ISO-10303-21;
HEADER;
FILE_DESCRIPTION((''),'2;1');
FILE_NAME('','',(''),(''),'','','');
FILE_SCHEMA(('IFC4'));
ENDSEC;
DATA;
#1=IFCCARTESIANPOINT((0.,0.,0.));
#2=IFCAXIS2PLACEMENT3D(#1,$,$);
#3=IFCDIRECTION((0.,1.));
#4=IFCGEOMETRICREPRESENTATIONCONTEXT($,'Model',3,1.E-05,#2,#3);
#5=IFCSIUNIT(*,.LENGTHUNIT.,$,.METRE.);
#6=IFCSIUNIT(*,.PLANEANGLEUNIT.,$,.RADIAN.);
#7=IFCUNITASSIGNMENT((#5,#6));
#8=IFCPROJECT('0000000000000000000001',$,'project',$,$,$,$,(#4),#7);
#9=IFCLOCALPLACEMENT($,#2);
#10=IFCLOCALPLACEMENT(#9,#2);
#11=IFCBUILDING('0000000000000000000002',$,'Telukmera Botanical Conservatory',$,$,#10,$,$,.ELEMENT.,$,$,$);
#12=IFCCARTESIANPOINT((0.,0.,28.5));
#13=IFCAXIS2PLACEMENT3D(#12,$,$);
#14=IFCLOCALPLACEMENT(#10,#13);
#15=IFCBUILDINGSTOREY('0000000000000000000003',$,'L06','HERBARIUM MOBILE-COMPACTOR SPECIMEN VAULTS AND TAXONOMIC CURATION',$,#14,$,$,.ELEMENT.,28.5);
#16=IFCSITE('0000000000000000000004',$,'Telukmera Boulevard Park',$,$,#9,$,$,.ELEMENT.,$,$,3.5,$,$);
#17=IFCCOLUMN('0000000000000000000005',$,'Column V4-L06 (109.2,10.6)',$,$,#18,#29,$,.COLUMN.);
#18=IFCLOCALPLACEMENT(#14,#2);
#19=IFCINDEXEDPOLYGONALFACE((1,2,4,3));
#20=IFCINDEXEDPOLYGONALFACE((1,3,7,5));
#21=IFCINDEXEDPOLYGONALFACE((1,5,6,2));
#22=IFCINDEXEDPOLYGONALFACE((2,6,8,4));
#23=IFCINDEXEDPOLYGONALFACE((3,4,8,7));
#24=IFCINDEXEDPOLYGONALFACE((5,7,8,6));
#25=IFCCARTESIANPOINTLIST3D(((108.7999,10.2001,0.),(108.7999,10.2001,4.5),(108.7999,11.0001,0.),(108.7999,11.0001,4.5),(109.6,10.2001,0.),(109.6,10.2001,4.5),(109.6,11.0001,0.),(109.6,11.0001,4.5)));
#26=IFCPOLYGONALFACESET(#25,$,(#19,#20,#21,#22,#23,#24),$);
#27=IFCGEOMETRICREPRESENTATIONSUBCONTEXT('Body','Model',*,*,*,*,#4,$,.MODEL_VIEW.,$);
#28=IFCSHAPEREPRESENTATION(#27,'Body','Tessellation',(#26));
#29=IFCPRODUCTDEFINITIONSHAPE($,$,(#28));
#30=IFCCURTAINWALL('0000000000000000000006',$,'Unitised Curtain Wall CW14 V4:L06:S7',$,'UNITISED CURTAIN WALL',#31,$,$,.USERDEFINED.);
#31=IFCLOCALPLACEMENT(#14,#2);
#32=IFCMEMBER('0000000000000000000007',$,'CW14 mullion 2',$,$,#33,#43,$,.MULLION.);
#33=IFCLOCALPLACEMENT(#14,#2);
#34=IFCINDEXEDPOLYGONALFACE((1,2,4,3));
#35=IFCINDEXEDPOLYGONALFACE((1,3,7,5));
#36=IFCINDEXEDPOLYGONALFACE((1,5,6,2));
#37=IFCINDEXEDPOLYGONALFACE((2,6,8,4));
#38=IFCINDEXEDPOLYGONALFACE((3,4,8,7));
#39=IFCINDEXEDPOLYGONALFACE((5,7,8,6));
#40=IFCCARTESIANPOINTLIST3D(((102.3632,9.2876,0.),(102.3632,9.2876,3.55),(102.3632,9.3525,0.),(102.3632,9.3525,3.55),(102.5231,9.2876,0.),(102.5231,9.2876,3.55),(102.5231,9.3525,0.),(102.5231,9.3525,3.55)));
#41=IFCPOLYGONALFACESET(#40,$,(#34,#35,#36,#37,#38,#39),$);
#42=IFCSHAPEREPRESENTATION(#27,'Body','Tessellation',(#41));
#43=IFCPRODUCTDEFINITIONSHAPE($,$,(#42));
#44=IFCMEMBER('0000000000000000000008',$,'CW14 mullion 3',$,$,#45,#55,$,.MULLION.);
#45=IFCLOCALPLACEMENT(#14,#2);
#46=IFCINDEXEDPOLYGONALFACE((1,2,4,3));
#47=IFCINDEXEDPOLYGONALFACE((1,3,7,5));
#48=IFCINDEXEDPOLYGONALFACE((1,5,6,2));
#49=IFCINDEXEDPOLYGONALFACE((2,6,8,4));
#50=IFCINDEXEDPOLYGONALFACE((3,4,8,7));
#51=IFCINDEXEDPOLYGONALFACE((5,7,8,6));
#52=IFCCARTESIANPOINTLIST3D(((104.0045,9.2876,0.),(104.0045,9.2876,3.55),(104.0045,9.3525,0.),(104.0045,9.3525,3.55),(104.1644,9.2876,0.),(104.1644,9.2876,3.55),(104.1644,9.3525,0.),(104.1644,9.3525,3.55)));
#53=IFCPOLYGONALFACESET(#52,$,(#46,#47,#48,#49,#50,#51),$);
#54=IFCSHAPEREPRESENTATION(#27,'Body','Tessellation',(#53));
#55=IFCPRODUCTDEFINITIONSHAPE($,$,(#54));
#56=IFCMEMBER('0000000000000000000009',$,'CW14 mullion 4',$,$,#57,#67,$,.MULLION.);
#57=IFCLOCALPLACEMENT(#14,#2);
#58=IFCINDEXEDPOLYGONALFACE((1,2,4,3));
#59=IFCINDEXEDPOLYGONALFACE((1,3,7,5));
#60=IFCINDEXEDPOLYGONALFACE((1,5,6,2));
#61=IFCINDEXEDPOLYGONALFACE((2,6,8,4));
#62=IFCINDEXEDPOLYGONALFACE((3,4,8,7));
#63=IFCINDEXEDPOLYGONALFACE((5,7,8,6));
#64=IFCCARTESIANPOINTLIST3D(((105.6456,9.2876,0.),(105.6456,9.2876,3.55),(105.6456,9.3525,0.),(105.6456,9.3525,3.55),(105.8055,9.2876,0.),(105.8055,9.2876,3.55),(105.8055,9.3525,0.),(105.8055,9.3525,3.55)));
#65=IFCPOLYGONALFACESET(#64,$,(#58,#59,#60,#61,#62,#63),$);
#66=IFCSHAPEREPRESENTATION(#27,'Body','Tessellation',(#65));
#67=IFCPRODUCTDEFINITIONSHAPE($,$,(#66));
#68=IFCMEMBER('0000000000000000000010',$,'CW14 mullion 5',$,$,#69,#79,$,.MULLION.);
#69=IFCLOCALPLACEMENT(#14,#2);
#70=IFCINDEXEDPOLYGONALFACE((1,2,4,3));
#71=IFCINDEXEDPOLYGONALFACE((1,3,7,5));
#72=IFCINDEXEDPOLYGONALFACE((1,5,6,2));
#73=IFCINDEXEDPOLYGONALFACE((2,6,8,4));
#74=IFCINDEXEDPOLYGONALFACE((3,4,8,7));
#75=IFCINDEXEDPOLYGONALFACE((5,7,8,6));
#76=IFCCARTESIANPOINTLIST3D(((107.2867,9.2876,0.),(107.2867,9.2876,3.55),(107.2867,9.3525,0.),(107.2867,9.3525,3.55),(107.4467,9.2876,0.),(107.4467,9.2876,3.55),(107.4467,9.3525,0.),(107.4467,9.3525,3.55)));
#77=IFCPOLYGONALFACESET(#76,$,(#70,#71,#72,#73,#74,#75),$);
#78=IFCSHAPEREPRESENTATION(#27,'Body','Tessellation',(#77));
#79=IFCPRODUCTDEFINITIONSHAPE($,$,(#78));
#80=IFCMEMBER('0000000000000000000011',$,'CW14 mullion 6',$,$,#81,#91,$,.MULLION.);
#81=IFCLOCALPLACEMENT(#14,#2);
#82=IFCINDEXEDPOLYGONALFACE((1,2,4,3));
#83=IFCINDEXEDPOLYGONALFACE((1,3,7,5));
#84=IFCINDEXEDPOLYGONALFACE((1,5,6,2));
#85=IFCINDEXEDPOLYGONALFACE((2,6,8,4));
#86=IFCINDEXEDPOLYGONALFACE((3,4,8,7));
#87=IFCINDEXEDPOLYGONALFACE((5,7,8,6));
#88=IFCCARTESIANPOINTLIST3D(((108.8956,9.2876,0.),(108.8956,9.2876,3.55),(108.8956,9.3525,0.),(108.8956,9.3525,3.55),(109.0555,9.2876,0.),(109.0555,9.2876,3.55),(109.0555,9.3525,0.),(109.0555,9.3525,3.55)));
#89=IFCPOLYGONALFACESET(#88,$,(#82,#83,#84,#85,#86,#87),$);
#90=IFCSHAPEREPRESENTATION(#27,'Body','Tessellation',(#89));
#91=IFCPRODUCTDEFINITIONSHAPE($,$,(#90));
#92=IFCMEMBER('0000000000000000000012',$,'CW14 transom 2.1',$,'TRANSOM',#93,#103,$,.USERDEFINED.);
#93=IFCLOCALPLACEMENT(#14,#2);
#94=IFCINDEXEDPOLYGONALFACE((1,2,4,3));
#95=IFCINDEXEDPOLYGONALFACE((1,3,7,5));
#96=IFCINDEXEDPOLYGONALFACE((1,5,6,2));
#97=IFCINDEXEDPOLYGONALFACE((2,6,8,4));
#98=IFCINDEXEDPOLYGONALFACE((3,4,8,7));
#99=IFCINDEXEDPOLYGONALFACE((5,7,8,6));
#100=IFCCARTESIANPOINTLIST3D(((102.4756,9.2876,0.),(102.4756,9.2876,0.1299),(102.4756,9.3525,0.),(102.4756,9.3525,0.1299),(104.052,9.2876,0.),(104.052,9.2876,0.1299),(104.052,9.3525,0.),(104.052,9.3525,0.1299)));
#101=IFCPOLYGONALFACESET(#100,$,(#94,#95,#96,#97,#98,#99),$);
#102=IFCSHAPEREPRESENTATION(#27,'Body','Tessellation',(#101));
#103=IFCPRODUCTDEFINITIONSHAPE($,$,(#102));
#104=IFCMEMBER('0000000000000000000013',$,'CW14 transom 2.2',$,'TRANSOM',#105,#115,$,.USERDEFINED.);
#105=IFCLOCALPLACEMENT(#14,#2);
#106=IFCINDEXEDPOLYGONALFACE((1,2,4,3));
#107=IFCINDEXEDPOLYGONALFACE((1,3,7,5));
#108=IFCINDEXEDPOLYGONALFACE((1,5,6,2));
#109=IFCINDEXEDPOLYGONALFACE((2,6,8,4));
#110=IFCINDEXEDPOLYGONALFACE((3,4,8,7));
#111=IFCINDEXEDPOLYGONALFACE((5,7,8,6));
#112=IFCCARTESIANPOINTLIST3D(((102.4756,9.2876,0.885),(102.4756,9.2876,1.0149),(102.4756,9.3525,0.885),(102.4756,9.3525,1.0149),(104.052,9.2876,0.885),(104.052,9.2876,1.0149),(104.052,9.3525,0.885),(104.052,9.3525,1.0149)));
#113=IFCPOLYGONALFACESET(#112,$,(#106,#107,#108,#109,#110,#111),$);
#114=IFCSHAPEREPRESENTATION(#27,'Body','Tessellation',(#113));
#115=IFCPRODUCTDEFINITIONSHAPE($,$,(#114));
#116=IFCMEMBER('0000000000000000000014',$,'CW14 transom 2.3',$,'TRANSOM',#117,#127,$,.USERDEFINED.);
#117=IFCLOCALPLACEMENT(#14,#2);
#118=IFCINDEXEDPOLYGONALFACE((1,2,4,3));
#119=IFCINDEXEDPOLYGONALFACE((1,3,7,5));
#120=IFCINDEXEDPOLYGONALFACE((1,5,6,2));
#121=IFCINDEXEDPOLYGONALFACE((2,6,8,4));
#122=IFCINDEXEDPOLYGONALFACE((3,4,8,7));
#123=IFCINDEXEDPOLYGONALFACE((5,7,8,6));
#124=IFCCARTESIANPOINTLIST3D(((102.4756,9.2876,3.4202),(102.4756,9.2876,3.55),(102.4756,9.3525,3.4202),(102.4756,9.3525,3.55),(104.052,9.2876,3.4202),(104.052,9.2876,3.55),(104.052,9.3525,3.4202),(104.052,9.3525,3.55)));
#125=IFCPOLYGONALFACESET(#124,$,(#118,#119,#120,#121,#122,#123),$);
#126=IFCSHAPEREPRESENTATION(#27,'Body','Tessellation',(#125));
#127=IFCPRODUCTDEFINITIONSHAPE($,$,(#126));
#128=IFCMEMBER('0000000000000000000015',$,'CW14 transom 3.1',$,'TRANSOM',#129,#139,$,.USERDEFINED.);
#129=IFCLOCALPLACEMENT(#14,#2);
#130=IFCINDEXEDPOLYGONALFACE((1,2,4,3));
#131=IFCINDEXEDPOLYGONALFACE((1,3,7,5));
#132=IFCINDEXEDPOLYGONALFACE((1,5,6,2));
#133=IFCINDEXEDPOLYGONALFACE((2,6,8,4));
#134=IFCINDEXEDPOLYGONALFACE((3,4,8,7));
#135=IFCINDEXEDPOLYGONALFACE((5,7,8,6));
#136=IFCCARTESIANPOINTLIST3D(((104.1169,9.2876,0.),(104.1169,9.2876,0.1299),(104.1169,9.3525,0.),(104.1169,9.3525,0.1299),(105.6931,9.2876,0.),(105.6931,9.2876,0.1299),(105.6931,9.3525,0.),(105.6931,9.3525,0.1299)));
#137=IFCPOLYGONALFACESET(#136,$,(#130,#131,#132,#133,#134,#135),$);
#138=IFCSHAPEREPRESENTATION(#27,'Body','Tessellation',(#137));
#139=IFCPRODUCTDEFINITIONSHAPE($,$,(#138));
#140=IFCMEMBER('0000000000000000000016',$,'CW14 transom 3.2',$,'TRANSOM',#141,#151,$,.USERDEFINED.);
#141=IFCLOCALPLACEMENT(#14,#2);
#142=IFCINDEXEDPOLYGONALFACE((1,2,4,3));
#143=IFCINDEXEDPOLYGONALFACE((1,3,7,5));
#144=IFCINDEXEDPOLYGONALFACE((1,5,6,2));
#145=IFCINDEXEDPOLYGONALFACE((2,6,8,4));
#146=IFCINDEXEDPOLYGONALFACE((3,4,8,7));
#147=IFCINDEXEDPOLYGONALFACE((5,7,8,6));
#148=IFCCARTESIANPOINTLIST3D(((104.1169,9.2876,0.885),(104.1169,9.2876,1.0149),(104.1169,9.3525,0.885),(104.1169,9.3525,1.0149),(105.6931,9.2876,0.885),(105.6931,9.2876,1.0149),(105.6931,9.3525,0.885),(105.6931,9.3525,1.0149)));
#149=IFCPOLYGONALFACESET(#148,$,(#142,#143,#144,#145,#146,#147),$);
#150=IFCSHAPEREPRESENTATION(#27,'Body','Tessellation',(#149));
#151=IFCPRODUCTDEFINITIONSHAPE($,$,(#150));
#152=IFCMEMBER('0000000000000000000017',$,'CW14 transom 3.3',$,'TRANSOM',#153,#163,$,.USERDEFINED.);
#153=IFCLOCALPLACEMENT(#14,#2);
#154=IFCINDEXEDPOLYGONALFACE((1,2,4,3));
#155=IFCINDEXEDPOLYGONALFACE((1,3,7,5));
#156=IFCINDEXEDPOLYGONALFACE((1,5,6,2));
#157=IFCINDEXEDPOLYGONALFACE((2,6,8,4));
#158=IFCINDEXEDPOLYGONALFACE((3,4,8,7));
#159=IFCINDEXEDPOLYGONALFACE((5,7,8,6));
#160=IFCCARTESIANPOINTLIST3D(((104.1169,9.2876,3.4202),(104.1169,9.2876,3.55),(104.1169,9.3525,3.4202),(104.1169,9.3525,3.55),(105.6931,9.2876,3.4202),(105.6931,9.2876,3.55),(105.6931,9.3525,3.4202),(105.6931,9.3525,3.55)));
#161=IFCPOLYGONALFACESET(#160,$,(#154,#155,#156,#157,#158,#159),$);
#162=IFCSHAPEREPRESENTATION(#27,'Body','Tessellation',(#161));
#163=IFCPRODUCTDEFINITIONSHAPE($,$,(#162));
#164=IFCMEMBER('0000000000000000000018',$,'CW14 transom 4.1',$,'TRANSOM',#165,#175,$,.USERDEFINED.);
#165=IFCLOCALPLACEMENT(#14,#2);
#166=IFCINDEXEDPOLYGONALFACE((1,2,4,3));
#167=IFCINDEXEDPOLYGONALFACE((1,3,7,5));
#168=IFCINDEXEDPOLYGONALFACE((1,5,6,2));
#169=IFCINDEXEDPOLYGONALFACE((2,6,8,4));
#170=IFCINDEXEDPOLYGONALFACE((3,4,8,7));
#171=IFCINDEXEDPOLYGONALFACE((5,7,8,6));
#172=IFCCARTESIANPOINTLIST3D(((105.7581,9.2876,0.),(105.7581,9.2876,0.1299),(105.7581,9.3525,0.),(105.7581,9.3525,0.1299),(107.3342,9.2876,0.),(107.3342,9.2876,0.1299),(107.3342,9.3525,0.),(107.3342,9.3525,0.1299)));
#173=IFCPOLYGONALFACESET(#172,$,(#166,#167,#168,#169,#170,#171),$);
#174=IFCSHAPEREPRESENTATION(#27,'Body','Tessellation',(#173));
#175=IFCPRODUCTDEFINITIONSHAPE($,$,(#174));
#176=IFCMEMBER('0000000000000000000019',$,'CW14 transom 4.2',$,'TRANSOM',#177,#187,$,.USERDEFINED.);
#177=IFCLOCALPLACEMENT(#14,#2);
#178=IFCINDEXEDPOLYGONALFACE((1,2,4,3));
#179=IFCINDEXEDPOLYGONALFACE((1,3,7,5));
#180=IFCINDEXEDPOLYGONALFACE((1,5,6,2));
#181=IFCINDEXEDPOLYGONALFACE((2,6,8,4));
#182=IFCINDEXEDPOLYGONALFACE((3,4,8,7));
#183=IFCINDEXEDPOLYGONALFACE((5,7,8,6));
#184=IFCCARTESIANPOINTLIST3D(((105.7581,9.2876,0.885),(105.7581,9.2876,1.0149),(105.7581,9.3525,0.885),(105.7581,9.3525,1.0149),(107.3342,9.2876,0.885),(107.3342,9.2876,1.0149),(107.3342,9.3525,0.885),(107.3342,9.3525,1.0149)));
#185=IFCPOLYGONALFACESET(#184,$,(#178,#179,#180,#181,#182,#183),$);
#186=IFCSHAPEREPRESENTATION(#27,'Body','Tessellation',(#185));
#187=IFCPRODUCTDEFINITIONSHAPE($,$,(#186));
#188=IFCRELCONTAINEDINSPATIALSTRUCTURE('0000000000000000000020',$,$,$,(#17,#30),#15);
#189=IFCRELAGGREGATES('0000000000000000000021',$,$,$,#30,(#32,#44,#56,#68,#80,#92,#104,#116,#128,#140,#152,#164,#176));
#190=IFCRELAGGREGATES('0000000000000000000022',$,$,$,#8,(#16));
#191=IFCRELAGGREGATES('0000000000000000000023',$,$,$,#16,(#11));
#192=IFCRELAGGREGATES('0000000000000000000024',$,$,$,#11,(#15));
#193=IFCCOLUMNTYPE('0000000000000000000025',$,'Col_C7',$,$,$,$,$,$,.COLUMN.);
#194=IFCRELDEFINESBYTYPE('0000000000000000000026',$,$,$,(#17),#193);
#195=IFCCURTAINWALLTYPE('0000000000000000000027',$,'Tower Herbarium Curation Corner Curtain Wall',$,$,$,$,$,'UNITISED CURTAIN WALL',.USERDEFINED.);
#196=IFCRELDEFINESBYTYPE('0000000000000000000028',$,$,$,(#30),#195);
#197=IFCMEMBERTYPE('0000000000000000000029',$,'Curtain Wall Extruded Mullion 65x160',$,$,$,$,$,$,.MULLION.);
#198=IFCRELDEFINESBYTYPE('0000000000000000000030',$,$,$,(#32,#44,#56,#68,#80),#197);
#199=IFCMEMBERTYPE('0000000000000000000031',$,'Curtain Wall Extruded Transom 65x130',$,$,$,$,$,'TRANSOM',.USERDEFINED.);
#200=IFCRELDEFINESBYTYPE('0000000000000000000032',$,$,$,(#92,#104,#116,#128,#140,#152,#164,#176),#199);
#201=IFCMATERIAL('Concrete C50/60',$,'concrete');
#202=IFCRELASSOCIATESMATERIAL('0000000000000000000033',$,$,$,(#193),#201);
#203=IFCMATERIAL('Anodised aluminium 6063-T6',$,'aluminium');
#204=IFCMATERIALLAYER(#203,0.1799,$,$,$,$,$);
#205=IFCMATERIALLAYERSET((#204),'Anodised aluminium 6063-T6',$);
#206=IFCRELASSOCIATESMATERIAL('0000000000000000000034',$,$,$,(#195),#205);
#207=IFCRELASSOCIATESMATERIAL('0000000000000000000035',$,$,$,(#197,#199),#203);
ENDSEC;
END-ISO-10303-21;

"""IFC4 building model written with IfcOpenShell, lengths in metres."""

from ifc_helpers import new_model, si_unit, direction, frame, origin, origin_2d, place, context, subcontext, project, spatial, rectangle, extrude, material, layer, layer_set, material_profile, profile_set, type_object, element, aggregate, save


model = new_model("IFC4")

# Units and contexts
model_context = context("Model", 3, precision=1e-05, world=origin(), true_north=direction((0.0, 1.0)))
body_context = subcontext(model_context, "Body", "Model", "MODEL_VIEW")
ifc_project = project(units=[si_unit("LENGTHUNIT", "METRE"), si_unit("PLANEANGLEUNIT", "RADIAN")], contexts=[model_context])

# Site, building, storey
site_placement = place(None, origin())
site = spatial("IfcSite", under=ifc_project, at=site_placement, Name="Telukmera Boulevard Park", CompositionType="ELEMENT", RefElevation=3.5)
building_placement = place(site_placement, origin())
building = spatial("IfcBuilding", under=site, at=building_placement, Name="Telukmera Botanical Conservatory", CompositionType="ELEMENT")
storey_placement = place(building_placement, frame((0.0, 0.0, 28.5)))
storey = spatial("IfcBuildingStorey", under=building, at=storey_placement, Name="L06", Description="HERBARIUM MOBILE-COMPACTOR SPECIMEN VAULTS AND TAXONOMIC CURATION", CompositionType="ELEMENT", Elevation=28.5)

# Column
ifc_material_1 = material(Name="Concrete C50/60", Category="concrete")
ifc_material_profile_1 = material_profile(ifc_material_1, rectangle(XDim=0.8, YDim=0.8, at=origin_2d()), Name="RC 800x800")
ifc_profile_set_1 = profile_set([ifc_material_profile_1], Name="Concrete C50/60")
column_type = type_object("IfcColumnType", Name="Col_C7", PredefinedType="COLUMN", material=ifc_profile_set_1)
column_placement = place(storey_placement, frame((109.2, 10.6001, 0.0), z_axis=(0.0, 0.0, 1.0), x_axis=(1.0, 0.0, 0.0)))
element("IfcColumn", 1, at=column_placement, inside=storey, type_object=column_type, Name="Column V4-L06 (109.2,10.6)", PredefinedType="COLUMN", context=body_context, shape_type="SweptSolid", body=[
    extrude(rectangle(XDim=0.8, YDim=0.8, at=origin_2d()), origin(), (0.0, 0.0, 1.0), 4.5),
])

# Curtain wall, members
ifc_material_2 = material(Name="Anodised aluminium 6063-T6", Category="aluminium")
ifc_layer_1 = layer(ifc_material_2, 0.1799)
ifc_layer_set_1 = layer_set([ifc_layer_1], Name="Anodised aluminium 6063-T6")
curtain_wall_type = type_object("IfcCurtainWallType", Name="Tower Herbarium Curation Corner Curtain Wall", ElementType="UNITISED CURTAIN WALL", PredefinedType="USERDEFINED", material=ifc_layer_set_1)
curtain_wall_placement = place(storey_placement, origin())
curtain_wall = element("IfcCurtainWall", 2, at=curtain_wall_placement, inside=storey, type_object=curtain_wall_type, Name="Unitised Curtain Wall CW14 V4:L06:S7", ObjectType="UNITISED CURTAIN WALL", PredefinedType="USERDEFINED")
ifc_material_profile_2 = material_profile(ifc_material_2, rectangle(XDim=0.0649, YDim=0.1599, at=origin_2d()), Name="ALU MULL 65x160")
ifc_profile_set_2 = profile_set([ifc_material_profile_2], Name="Anodised aluminium 6063-T6")
member_type_1 = type_object("IfcMemberType", Name="Curtain Wall Extruded Mullion 65x160", PredefinedType="MULLION", material=ifc_profile_set_2)
member_1_placement = place(storey_placement, frame((102.4431, 9.3201, 0.0), z_axis=(0.0, 0.0, 1.0), x_axis=(0.0, 1.0, 0.0)))
member_1 = element("IfcMember", 3, at=member_1_placement, type_object=member_type_1, Name="CW14 mullion 2", PredefinedType="MULLION", context=body_context, shape_type="SweptSolid", body=[
    extrude(rectangle(XDim=0.0649, YDim=0.1599, at=origin_2d()), origin(), (0.0, 0.0, 1.0), 3.55),
])
member_2_placement = place(storey_placement, frame((104.0845, 9.3201, 0.0), z_axis=(0.0, 0.0, 1.0), x_axis=(0.0, 1.0, 0.0)))
member_2 = element("IfcMember", 4, at=member_2_placement, type_object=member_type_1, Name="CW14 mullion 3", PredefinedType="MULLION", context=body_context, shape_type="SweptSolid", body=[
    extrude(rectangle(XDim=0.0649, YDim=0.1599, at=origin_2d()), origin(), (0.0, 0.0, 1.0), 3.55),
])
member_3_placement = place(storey_placement, frame((105.7256, 9.3201, 0.0), z_axis=(0.0, 0.0, 1.0), x_axis=(0.0, 1.0, 0.0)))
member_3 = element("IfcMember", 5, at=member_3_placement, type_object=member_type_1, Name="CW14 mullion 4", PredefinedType="MULLION", context=body_context, shape_type="SweptSolid", body=[
    extrude(rectangle(XDim=0.0649, YDim=0.1599, at=origin_2d()), origin(), (0.0, 0.0, 1.0), 3.55),
])
member_4_placement = place(storey_placement, frame((107.3667, 9.3201, 0.0), z_axis=(0.0, 0.0, 1.0), x_axis=(0.0, 1.0, 0.0)))
member_4 = element("IfcMember", 6, at=member_4_placement, type_object=member_type_1, Name="CW14 mullion 5", PredefinedType="MULLION", context=body_context, shape_type="SweptSolid", body=[
    extrude(rectangle(XDim=0.0649, YDim=0.1599, at=origin_2d()), origin(), (0.0, 0.0, 1.0), 3.55),
])
member_5_placement = place(storey_placement, frame((108.9756, 9.3201, 0.0), z_axis=(0.0, 0.0, 1.0), x_axis=(0.0, 1.0, 0.0)))
member_5 = element("IfcMember", 7, at=member_5_placement, type_object=member_type_1, Name="CW14 mullion 6", PredefinedType="MULLION", context=body_context, shape_type="SweptSolid", body=[
    extrude(rectangle(XDim=0.0649, YDim=0.1599, at=origin_2d()), origin(), (0.0, 0.0, 1.0), 3.55),
])
ifc_material_profile_3 = material_profile(ifc_material_2, rectangle(XDim=0.0649, YDim=0.1299, at=origin_2d()), Name="ALU TRAN 65x130")
ifc_profile_set_3 = profile_set([ifc_material_profile_3], Name="Anodised aluminium 6063-T6")
member_type_2 = type_object("IfcMemberType", Name="Curtain Wall Extruded Transom 65x130", ElementType="TRANSOM", PredefinedType="USERDEFINED", material=ifc_profile_set_3)
member_6_placement = place(storey_placement, frame((102.4756, 9.3201, 0.0649), z_axis=(1.0, 0.0, 0.0), x_axis=(0.0, 1.0, 0.0)))
member_6 = element("IfcMember", 8, at=member_6_placement, type_object=member_type_2, Name="CW14 transom 2.1", ObjectType="TRANSOM", PredefinedType="USERDEFINED", context=body_context, shape_type="SweptSolid", body=[
    extrude(rectangle(XDim=0.0649, YDim=0.1299, at=origin_2d()), origin(), (0.0, 0.0, 1.0), 1.5764),
])
member_7_placement = place(storey_placement, frame((102.4756, 9.3201, 0.95), z_axis=(1.0, 0.0, 0.0), x_axis=(0.0, 1.0, 0.0)))
member_7 = element("IfcMember", 9, at=member_7_placement, type_object=member_type_2, Name="CW14 transom 2.2", ObjectType="TRANSOM", PredefinedType="USERDEFINED", context=body_context, shape_type="SweptSolid", body=[
    extrude(rectangle(XDim=0.0649, YDim=0.1299, at=origin_2d()), origin(), (0.0, 0.0, 1.0), 1.5764),
])
member_8_placement = place(storey_placement, frame((102.4756, 9.3201, 3.4851), z_axis=(1.0, 0.0, 0.0), x_axis=(0.0, 1.0, 0.0)))
member_8 = element("IfcMember", 10, at=member_8_placement, type_object=member_type_2, Name="CW14 transom 2.3", ObjectType="TRANSOM", PredefinedType="USERDEFINED", context=body_context, shape_type="SweptSolid", body=[
    extrude(rectangle(XDim=0.0649, YDim=0.1299, at=origin_2d()), origin(), (0.0, 0.0, 1.0), 1.5764),
])
member_9_placement = place(storey_placement, frame((104.1169, 9.3201, 0.0649), z_axis=(1.0, 0.0, 0.0), x_axis=(0.0, 1.0, 0.0)))
member_9 = element("IfcMember", 11, at=member_9_placement, type_object=member_type_2, Name="CW14 transom 3.1", ObjectType="TRANSOM", PredefinedType="USERDEFINED", context=body_context, shape_type="SweptSolid", body=[
    extrude(rectangle(XDim=0.0649, YDim=0.1299, at=origin_2d()), origin(), (0.0, 0.0, 1.0), 1.5762),
])
member_10_placement = place(storey_placement, frame((104.1169, 9.3201, 0.95), z_axis=(1.0, 0.0, 0.0), x_axis=(0.0, 1.0, 0.0)))
member_10 = element("IfcMember", 12, at=member_10_placement, type_object=member_type_2, Name="CW14 transom 3.2", ObjectType="TRANSOM", PredefinedType="USERDEFINED", context=body_context, shape_type="SweptSolid", body=[
    extrude(rectangle(XDim=0.0649, YDim=0.1299, at=origin_2d()), origin(), (0.0, 0.0, 1.0), 1.5762),
])
member_11_placement = place(storey_placement, frame((104.1169, 9.3201, 3.4851), z_axis=(1.0, 0.0, 0.0), x_axis=(0.0, 1.0, 0.0)))
member_11 = element("IfcMember", 13, at=member_11_placement, type_object=member_type_2, Name="CW14 transom 3.3", ObjectType="TRANSOM", PredefinedType="USERDEFINED", context=body_context, shape_type="SweptSolid", body=[
    extrude(rectangle(XDim=0.0649, YDim=0.1299, at=origin_2d()), origin(), (0.0, 0.0, 1.0), 1.5762),
])
member_12_placement = place(storey_placement, frame((105.7581, 9.3201, 0.0649), z_axis=(1.0, 0.0, 0.0), x_axis=(0.0, 1.0, 0.0)))
member_12 = element("IfcMember", 14, at=member_12_placement, type_object=member_type_2, Name="CW14 transom 4.1", ObjectType="TRANSOM", PredefinedType="USERDEFINED", context=body_context, shape_type="SweptSolid", body=[
    extrude(rectangle(XDim=0.0649, YDim=0.1299, at=origin_2d()), origin(), (0.0, 0.0, 1.0), 1.5762),
])
member_13_placement = place(storey_placement, frame((105.7581, 9.3201, 0.95), z_axis=(1.0, 0.0, 0.0), x_axis=(0.0, 1.0, 0.0)))
member_13 = element("IfcMember", 15, at=member_13_placement, type_object=member_type_2, Name="CW14 transom 4.2", ObjectType="TRANSOM", PredefinedType="USERDEFINED", context=body_context, shape_type="SweptSolid", body=[
    extrude(rectangle(XDim=0.0649, YDim=0.1299, at=origin_2d()), origin(), (0.0, 0.0, 1.0), 1.5762),
])
aggregate(curtain_wall, [member_1, member_2, member_3, member_4, member_5, member_6, member_7, member_8, member_9, member_10, member_11, member_12, member_13])

save(model, "model.ifc")
